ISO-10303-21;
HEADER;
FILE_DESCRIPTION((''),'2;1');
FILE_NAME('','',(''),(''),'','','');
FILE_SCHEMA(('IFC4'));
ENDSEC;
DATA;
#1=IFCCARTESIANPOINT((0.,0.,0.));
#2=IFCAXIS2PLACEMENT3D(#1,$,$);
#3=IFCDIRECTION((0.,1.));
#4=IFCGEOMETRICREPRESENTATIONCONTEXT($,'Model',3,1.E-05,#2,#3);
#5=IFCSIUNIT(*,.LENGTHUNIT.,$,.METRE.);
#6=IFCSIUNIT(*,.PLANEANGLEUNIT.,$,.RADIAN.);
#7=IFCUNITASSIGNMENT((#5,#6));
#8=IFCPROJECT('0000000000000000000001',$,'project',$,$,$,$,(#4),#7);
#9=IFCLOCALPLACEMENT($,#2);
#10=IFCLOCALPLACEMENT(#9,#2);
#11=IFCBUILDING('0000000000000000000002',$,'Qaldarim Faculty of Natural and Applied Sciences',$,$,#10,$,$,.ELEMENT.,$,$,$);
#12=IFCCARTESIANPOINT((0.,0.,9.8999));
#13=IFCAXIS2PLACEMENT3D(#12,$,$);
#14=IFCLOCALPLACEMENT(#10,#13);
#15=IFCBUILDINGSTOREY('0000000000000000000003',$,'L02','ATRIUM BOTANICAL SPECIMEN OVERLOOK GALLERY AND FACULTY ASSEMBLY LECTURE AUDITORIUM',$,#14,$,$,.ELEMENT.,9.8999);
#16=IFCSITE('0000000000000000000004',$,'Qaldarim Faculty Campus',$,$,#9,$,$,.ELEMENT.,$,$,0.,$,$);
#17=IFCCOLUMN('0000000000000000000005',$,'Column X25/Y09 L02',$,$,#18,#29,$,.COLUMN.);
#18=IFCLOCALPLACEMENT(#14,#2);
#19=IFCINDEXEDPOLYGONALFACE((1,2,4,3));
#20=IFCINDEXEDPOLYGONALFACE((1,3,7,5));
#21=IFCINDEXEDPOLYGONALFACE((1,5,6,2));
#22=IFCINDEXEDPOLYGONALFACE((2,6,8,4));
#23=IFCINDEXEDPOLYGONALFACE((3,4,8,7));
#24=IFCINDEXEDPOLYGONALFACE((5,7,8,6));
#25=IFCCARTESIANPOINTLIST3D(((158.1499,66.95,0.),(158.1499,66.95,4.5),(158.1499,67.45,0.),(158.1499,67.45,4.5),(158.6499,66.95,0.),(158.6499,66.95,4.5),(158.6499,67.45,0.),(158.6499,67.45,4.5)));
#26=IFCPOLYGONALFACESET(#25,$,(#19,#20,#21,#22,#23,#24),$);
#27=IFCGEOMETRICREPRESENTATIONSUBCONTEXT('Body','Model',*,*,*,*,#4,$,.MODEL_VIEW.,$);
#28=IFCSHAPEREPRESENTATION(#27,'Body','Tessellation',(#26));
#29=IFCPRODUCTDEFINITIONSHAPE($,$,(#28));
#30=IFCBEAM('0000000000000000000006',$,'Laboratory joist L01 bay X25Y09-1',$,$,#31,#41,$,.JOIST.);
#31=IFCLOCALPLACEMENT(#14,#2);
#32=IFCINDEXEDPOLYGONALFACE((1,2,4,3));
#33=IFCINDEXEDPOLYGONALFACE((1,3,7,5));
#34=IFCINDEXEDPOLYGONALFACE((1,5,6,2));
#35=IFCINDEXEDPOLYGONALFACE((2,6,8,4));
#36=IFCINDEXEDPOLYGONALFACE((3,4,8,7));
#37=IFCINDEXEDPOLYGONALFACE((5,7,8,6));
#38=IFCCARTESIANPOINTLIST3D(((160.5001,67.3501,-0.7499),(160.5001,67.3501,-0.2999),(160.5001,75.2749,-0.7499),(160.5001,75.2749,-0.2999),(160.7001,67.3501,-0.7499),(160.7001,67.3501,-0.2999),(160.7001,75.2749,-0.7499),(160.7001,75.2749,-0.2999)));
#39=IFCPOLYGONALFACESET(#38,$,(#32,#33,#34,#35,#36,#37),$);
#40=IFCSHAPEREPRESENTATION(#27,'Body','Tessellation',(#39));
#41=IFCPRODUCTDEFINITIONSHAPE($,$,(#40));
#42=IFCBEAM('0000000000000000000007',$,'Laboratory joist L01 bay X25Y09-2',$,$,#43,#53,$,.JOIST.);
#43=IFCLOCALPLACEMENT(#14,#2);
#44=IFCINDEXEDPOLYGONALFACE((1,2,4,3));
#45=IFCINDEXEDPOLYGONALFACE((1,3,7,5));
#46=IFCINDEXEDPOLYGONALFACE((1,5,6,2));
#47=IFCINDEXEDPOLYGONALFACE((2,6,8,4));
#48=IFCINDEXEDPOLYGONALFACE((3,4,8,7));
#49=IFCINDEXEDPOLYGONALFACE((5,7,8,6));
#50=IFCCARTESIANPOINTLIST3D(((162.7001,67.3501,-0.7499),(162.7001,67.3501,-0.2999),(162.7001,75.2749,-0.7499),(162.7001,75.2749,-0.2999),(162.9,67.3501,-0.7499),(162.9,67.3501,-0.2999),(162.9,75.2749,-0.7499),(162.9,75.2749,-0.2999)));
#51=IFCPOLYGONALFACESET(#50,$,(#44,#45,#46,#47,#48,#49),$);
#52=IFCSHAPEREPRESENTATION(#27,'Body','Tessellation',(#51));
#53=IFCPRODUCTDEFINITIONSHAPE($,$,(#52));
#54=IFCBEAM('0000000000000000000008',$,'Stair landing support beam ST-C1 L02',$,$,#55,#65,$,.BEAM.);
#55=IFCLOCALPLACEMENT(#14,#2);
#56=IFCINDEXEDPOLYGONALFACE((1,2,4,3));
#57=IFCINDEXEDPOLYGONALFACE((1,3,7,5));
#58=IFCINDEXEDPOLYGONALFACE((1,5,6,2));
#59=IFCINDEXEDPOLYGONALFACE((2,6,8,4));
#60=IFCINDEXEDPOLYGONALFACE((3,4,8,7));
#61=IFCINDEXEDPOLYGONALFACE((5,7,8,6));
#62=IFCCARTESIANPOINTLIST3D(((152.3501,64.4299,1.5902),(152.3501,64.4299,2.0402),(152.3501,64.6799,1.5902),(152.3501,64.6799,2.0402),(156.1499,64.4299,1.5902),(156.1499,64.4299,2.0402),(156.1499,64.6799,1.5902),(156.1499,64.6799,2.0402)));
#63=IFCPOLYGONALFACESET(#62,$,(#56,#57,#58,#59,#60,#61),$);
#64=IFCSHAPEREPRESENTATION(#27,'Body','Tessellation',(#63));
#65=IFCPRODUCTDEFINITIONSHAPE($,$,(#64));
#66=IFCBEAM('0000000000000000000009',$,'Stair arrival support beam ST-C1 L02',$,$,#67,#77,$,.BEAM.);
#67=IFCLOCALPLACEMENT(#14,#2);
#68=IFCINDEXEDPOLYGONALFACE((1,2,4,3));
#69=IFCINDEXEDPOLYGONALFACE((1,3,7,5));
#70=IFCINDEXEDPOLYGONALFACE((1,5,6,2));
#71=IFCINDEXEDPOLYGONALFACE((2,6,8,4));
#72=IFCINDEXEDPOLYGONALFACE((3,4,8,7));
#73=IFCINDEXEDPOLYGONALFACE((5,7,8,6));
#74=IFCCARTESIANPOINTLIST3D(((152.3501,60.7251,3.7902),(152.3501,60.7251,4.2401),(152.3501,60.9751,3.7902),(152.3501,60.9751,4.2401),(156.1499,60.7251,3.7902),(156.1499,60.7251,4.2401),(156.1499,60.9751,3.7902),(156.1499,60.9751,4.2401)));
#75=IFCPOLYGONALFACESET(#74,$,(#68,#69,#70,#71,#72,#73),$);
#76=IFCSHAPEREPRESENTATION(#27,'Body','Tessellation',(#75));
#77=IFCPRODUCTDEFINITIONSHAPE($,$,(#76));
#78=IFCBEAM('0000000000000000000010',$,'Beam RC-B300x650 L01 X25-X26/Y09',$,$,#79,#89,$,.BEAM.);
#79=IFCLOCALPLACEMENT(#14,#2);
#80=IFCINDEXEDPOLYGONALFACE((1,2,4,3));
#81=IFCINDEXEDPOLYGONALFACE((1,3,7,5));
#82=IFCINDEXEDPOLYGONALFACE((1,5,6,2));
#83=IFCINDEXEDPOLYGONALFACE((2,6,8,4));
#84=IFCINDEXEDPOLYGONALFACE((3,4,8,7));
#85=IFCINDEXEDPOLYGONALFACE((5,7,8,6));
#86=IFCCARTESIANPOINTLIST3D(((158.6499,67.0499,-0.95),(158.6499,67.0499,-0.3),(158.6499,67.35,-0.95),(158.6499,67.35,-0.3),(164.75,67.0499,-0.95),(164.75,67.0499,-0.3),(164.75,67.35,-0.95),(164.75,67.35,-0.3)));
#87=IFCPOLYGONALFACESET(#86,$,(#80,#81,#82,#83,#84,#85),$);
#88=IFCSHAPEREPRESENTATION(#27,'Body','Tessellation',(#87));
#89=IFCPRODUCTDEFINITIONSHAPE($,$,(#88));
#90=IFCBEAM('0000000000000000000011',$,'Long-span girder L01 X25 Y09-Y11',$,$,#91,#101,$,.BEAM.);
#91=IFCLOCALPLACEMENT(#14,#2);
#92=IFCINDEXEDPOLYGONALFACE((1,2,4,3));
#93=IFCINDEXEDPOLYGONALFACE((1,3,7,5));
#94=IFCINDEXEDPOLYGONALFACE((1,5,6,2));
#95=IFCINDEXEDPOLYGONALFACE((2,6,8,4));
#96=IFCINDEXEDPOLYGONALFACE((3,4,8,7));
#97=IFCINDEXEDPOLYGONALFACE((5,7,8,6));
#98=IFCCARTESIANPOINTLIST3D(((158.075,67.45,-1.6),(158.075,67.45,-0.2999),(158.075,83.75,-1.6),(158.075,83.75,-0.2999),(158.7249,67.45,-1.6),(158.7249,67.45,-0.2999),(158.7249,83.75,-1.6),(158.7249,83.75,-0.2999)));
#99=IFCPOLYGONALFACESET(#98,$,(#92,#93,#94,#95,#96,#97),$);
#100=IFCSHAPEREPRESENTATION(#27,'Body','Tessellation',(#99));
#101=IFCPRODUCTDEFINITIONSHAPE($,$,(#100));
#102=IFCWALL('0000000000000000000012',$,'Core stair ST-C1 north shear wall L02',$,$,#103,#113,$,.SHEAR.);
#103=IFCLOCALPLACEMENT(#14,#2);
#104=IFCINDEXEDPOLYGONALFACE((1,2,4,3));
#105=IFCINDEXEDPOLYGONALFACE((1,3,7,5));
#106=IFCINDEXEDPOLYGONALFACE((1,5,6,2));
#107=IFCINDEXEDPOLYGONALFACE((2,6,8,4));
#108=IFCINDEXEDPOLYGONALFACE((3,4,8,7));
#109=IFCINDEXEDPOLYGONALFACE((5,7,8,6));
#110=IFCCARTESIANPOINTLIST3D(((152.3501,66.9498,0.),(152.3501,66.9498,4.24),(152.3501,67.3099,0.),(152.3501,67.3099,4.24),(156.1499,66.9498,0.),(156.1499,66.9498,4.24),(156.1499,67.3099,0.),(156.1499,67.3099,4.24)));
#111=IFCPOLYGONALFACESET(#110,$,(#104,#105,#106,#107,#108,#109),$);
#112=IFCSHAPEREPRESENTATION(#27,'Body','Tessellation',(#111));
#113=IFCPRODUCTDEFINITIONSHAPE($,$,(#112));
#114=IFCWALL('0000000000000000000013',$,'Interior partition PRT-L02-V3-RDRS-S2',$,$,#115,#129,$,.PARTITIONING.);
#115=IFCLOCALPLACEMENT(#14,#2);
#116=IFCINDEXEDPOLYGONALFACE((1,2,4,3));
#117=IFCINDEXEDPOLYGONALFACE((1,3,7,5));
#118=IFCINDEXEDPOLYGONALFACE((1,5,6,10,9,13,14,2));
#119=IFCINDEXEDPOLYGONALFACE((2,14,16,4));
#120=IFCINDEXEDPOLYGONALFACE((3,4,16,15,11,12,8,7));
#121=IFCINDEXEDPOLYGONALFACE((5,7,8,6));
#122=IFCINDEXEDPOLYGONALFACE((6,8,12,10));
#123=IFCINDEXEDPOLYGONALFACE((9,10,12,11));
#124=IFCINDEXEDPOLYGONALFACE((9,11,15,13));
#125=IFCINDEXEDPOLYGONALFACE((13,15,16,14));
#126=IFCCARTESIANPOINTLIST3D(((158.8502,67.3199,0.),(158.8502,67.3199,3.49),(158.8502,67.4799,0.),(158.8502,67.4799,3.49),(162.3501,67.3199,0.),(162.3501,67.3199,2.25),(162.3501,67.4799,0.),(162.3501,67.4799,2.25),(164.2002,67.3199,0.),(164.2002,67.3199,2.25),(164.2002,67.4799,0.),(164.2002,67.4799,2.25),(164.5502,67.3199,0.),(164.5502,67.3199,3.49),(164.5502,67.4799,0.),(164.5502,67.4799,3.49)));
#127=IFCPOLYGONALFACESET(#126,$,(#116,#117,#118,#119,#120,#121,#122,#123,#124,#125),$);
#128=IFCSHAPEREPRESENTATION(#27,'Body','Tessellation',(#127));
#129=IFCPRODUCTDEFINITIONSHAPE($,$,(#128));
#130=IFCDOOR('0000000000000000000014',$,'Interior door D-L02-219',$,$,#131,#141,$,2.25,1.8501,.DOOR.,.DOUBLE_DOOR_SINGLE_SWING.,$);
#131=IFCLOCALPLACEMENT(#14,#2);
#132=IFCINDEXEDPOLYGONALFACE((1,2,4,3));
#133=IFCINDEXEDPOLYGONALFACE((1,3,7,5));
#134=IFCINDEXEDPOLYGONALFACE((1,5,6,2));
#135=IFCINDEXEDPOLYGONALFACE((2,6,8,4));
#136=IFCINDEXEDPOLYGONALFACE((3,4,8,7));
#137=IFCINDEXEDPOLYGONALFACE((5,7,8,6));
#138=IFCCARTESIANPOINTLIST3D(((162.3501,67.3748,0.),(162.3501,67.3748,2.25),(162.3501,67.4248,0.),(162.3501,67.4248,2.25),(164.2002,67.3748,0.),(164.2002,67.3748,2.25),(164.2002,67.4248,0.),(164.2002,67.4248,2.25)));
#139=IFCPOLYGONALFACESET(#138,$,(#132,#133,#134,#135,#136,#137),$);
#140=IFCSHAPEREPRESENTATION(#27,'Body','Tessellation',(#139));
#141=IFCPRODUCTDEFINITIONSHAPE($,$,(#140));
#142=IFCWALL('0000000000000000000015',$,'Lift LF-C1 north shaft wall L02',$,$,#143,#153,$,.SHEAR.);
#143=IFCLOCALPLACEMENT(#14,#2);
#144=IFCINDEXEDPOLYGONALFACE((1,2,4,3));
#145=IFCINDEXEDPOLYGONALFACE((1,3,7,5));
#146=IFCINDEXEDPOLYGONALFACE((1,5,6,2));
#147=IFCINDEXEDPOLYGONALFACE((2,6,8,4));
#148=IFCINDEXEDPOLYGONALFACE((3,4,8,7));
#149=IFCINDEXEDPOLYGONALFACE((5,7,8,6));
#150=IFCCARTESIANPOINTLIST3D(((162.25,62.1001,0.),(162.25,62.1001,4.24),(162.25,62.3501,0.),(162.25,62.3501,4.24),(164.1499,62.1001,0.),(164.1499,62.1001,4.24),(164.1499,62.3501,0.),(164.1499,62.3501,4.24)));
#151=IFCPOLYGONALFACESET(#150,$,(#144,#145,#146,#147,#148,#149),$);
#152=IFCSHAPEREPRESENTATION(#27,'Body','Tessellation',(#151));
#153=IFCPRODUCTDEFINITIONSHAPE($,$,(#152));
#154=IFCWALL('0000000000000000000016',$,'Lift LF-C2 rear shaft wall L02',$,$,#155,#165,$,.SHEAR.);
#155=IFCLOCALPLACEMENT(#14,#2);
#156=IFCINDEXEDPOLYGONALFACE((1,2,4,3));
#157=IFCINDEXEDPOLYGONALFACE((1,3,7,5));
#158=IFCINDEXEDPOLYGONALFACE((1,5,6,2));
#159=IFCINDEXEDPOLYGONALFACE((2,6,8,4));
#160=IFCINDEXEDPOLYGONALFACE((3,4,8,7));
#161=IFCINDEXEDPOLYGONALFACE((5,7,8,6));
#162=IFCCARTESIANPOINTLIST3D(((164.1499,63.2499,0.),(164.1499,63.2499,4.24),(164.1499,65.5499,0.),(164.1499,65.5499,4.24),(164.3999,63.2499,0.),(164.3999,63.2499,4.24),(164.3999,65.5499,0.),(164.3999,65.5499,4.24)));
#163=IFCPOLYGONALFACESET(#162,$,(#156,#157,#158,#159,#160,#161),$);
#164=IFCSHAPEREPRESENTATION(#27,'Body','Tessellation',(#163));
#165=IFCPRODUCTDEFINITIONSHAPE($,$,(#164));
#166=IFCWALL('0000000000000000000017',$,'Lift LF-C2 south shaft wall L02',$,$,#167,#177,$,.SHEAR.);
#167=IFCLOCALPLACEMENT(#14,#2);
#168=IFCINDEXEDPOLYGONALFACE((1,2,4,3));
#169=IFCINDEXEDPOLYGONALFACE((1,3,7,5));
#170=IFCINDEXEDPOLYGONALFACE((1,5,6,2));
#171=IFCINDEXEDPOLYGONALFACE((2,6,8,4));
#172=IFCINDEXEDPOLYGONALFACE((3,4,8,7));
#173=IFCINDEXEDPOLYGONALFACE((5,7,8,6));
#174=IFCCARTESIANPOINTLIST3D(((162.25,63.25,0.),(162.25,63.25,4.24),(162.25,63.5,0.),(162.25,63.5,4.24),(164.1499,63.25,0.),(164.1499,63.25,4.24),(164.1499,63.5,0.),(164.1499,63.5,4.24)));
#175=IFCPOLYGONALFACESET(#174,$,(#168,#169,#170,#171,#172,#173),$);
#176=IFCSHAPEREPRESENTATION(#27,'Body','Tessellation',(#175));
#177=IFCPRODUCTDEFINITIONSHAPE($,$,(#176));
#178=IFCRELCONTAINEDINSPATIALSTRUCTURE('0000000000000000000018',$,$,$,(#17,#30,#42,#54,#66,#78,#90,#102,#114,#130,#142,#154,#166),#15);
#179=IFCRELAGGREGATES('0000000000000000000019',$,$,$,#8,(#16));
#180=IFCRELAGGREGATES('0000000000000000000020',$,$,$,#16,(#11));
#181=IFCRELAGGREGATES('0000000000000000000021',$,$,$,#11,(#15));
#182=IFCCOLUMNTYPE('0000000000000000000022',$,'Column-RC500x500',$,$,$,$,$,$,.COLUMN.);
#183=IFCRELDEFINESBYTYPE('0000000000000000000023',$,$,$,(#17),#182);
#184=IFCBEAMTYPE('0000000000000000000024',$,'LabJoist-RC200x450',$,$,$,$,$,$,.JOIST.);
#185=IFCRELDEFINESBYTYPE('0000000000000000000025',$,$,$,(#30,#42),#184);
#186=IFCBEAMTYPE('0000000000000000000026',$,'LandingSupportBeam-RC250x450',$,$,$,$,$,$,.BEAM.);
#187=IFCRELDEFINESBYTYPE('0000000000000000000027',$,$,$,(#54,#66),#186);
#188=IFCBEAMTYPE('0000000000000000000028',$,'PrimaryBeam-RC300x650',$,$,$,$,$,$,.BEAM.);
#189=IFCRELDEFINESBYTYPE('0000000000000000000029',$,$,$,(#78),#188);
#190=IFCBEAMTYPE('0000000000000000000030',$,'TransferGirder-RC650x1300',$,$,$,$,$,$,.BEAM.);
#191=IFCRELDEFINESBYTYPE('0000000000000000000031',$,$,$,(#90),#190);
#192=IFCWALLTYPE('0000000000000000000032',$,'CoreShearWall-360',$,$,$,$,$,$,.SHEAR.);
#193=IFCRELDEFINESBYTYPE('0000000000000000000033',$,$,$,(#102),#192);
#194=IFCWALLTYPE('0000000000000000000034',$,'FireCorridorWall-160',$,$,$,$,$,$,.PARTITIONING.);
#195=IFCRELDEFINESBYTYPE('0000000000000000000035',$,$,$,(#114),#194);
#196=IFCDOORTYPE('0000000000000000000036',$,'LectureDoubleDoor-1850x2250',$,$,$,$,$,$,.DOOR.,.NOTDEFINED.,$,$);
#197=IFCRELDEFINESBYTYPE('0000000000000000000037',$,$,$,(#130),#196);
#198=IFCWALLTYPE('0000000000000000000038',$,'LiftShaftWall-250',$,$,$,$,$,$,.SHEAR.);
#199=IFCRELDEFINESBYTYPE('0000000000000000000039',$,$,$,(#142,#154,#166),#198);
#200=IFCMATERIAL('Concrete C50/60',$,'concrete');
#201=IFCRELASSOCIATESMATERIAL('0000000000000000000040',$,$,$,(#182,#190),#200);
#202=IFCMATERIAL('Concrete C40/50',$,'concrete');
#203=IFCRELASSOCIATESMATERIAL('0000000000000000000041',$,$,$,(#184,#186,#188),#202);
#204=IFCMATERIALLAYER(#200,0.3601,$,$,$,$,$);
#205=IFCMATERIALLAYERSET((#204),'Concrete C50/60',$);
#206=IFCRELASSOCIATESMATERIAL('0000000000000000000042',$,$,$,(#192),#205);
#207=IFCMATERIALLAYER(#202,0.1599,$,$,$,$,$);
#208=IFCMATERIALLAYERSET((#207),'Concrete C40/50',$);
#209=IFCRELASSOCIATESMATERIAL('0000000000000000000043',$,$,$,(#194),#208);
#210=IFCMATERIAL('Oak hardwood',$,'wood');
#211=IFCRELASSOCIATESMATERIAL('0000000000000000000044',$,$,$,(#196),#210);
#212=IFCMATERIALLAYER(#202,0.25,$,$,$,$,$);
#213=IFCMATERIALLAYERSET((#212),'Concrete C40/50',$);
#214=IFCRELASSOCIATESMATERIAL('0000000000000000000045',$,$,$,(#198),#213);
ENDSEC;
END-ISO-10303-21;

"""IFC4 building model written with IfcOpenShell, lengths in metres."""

from ifc_helpers import new_model, si_unit, direction, frame, frame_2d, origin, origin_2d, place, context, subcontext, project, spatial, rectangle, extrude, material, layer, layer_set, material_profile, profile_set, type_object, element, fill, save


model = new_model("IFC4")

# Units and contexts
model_context = context("Model", 3, precision=1e-05, world=origin(), true_north=direction((0.0, 1.0)))
body_context = subcontext(model_context, "Body", "Model", "MODEL_VIEW")
ifc_project = project(units=[si_unit("LENGTHUNIT", "METRE"), si_unit("PLANEANGLEUNIT", "RADIAN")], contexts=[model_context])

# Site, building, storey
site_placement = place(None, origin())
site = spatial("IfcSite", under=ifc_project, at=site_placement, Name="Qaldarim Faculty Campus", CompositionType="ELEMENT", RefElevation=0.0)
building_placement = place(site_placement, origin())
building = spatial("IfcBuilding", under=site, at=building_placement, Name="Qaldarim Faculty of Natural and Applied Sciences", CompositionType="ELEMENT")
storey_placement = place(building_placement, frame((0.0, 0.0, 9.8999)))
storey = spatial("IfcBuildingStorey", under=building, at=storey_placement, Name="L02", Description="ATRIUM BOTANICAL SPECIMEN OVERLOOK GALLERY AND FACULTY ASSEMBLY LECTURE AUDITORIUM", CompositionType="ELEMENT", Elevation=9.8999)

# Column
ifc_material_1 = material(Name="Concrete C50/60", Category="concrete")
ifc_material_profile_1 = material_profile(ifc_material_1, rectangle(XDim=0.5, YDim=0.5, at=origin_2d()), Name="RC-C500x500")
ifc_profile_set_1 = profile_set([ifc_material_profile_1], Name="Concrete C50/60")
column_type = type_object("IfcColumnType", Name="Column-RC500x500", PredefinedType="COLUMN", material=ifc_profile_set_1)
column_placement = place(storey_placement, frame((158.3999, 67.2, 0.0), z_axis=(0.0, 0.0, 1.0), x_axis=(1.0, 0.0, 0.0)))
element("IfcColumn", 1, at=column_placement, inside=storey, type_object=column_type, Name="Column X25/Y09 L02", PredefinedType="COLUMN", context=body_context, shape_type="SweptSolid", body=[
    extrude(rectangle(XDim=0.5, YDim=0.5, at=origin_2d()), origin(), (0.0, 0.0, 1.0), 4.5),
])

# Beams
ifc_material_2 = material(Name="Concrete C40/50", Category="concrete")
ifc_material_profile_2 = material_profile(ifc_material_2, rectangle(XDim=0.2, YDim=0.45, at=origin_2d()), Name="RC-J200x450")
ifc_profile_set_2 = profile_set([ifc_material_profile_2], Name="Concrete C40/50")
beam_type_1 = type_object("IfcBeamType", Name="LabJoist-RC200x450", PredefinedType="JOIST", material=ifc_profile_set_2)
for number, where, z_axis, x_axis, name in (
    (2, (160.6001, 67.3501, -0.5249), (0.0, 1.0, 0.0), (-1.0, 0.0, 0.0), "Laboratory joist L01 bay X25Y09-1"),
    (3, (162.8, 67.3501, -0.5249), (0.0, 1.0, 0.0), (-1.0, 0.0, 0.0), "Laboratory joist L01 bay X25Y09-2"),
):
    element("IfcBeam", number, at=place(storey_placement, frame(where, z_axis=z_axis, x_axis=x_axis)), inside=storey, type_object=beam_type_1, Name=name, PredefinedType="JOIST", context=body_context, shape_type="SweptSolid", body=[
        extrude(rectangle(XDim=0.2, YDim=0.45, at=origin_2d()), origin(), (0.0, 0.0, 1.0), 7.9248),
    ])
ifc_material_profile_3 = material_profile(ifc_material_2, rectangle(XDim=0.25, YDim=0.45, at=origin_2d()), Name="RC-LN250x450")
ifc_profile_set_3 = profile_set([ifc_material_profile_3], Name="Concrete C40/50")
beam_type_2 = type_object("IfcBeamType", Name="LandingSupportBeam-RC250x450", PredefinedType="BEAM", material=ifc_profile_set_3)
for number, where, z_axis, x_axis, name in (
    (4, (152.3501, 64.5549, 1.8152), (1.0, 0.0, 0.0), (0.0, 1.0, 0.0), "Stair landing support beam ST-C1 L02"),
    (5, (152.3501, 60.8501, 4.0151), (1.0, 0.0, 0.0), (0.0, 1.0, 0.0), "Stair arrival support beam ST-C1 L02"),
):
    element("IfcBeam", number, at=place(storey_placement, frame(where, z_axis=z_axis, x_axis=x_axis)), inside=storey, type_object=beam_type_2, Name=name, PredefinedType="BEAM", context=body_context, shape_type="SweptSolid", body=[
        extrude(rectangle(XDim=0.25, YDim=0.45, at=origin_2d()), origin(), (0.0, 0.0, 1.0), 3.7998),
    ])
ifc_material_profile_4 = material_profile(ifc_material_2, rectangle(XDim=0.3, YDim=0.6499, at=origin_2d()), Name="RC-B300x650")
ifc_profile_set_4 = profile_set([ifc_material_profile_4], Name="Concrete C40/50")
beam_type_3 = type_object("IfcBeamType", Name="PrimaryBeam-RC300x650", PredefinedType="BEAM", material=ifc_profile_set_4)
beam_1_placement = place(storey_placement, frame((158.6499, 67.2, -0.625), z_axis=(1.0, 0.0, 0.0), x_axis=(0.0, 1.0, 0.0)))
element("IfcBeam", 6, at=beam_1_placement, inside=storey, type_object=beam_type_3, Name="Beam RC-B300x650 L01 X25-X26/Y09", PredefinedType="BEAM", context=body_context, shape_type="SweptSolid", body=[
    extrude(rectangle(XDim=0.3, YDim=0.6499, at=origin_2d()), origin(), (0.0, 0.0, 1.0), 6.1001),
])
ifc_material_profile_5 = material_profile(ifc_material_1, rectangle(XDim=0.6499, YDim=1.3, at=origin_2d()), Name="RC-TG650x1300")
ifc_profile_set_5 = profile_set([ifc_material_profile_5], Name="Concrete C50/60")
beam_type_4 = type_object("IfcBeamType", Name="TransferGirder-RC650x1300", PredefinedType="BEAM", material=ifc_profile_set_5)
beam_2_placement = place(storey_placement, frame((158.3999, 67.45, -0.95), z_axis=(0.0, 1.0, 0.0), x_axis=(-1.0, 0.0, 0.0)))
element("IfcBeam", 7, at=beam_2_placement, inside=storey, type_object=beam_type_4, Name="Long-span girder L01 X25 Y09-Y11", PredefinedType="BEAM", context=body_context, shape_type="SweptSolid", body=[
    extrude(rectangle(XDim=0.6499, YDim=1.3, at=origin_2d()), origin(), (0.0, 0.0, 1.0), 16.3),
])

# Wall
ifc_layer_1 = layer(ifc_material_1, 0.3601)
ifc_layer_set_1 = layer_set([ifc_layer_1], Name="Concrete C50/60")
wall_type_1 = type_object("IfcWallType", Name="CoreShearWall-360", PredefinedType="SHEAR", material=ifc_layer_set_1)
wall_1_placement = place(storey_placement, frame((152.3501, 67.1299, 0.0), z_axis=(0.0, 0.0, 1.0), x_axis=(1.0, 0.0, 0.0)))
element("IfcWall", 8, at=wall_1_placement, inside=storey, type_object=wall_type_1, Name="Core stair ST-C1 north shear wall L02", PredefinedType="SHEAR", context=body_context, shape_type="SweptSolid", body=[
    extrude(rectangle(XDim=3.7998, YDim=0.3601, at=frame_2d((1.8999, 0.0))), origin(), (0.0, 0.0, 1.0), 4.24),
])

# Wall, opening, door
ifc_layer_2 = layer(ifc_material_2, 0.1599)
ifc_layer_set_2 = layer_set([ifc_layer_2], Name="Concrete C40/50")
wall_type_2 = type_object("IfcWallType", Name="FireCorridorWall-160", PredefinedType="PARTITIONING", material=ifc_layer_set_2)
wall_2_placement = place(storey_placement, frame((158.8501, 67.3999, 0.0), z_axis=(0.0, 0.0, 1.0), x_axis=(1.0, 0.0, 0.0)))
wall_2 = element("IfcWall", 9, at=wall_2_placement, inside=storey, type_object=wall_type_2, Name="Interior partition PRT-L02-V3-RDRS-S2", PredefinedType="PARTITIONING", context=body_context, shape_type="SweptSolid", body=[
    extrude(rectangle(XDim=5.7, YDim=0.1599, at=frame_2d((2.8501, 0.0))), origin(), (0.0, 0.0, 1.0), 3.49),
])
opening_1_placement = place(wall_2_placement, frame((3.5, 0.0, 0.0)))
opening_1 = element("IfcOpeningElement", 10, at=opening_1_placement, cuts=wall_2, PredefinedType="OPENING", context=body_context, shape_type="SweptSolid", body=[
    extrude(rectangle(XDim=1.8501, YDim=2.25, at=frame_2d((0.925, 1.125))), frame((0.0, 0.0898, 0.0), z_axis=(0.0, -1.0, 0.0), x_axis=(1.0, 0.0, 0.0)), (0.0, 0.0, 1.0), 0.1799),
])
ifc_material_3 = material(Name="Oak hardwood", Category="wood")
door_type_1 = type_object("IfcDoorType", Name="LectureDoubleDoor-1850x2250", OperationType="NOTDEFINED", PredefinedType="DOOR", material=ifc_material_3)
door_1_placement = place(opening_1_placement, origin())
door_1 = element("IfcDoor", 11, at=door_1_placement, inside=storey, type_object=door_type_1, Name="Interior door D-L02-219", OperationType="DOUBLE_DOOR_SINGLE_SWING", OverallHeight=2.25, OverallWidth=1.8501, PredefinedType="DOOR", context=body_context, shape_type="SweptSolid", body=[
    extrude(rectangle(XDim=1.8501, YDim=2.25, at=frame_2d((0.925, 1.125))), frame((0.0, 0.0249, 0.0), z_axis=(0.0, -1.0, 0.0), x_axis=(1.0, 0.0, 0.0)), (0.0, 0.0, 1.0), 0.05),
])
fill(opening_1, door_1)

# Wall
ifc_layer_3 = layer(ifc_material_2, 0.25)
ifc_layer_set_3 = layer_set([ifc_layer_3], Name="Concrete C40/50")
wall_type_3 = type_object("IfcWallType", Name="LiftShaftWall-250", PredefinedType="SHEAR", material=ifc_layer_set_3)
wall_3_placement = place(storey_placement, frame((162.25, 62.2251, 0.0), z_axis=(0.0, 0.0, 1.0), x_axis=(1.0, 0.0, 0.0)))
element("IfcWall", 12, at=wall_3_placement, inside=storey, type_object=wall_type_3, Name="Lift LF-C1 north shaft wall L02", PredefinedType="SHEAR", context=body_context, shape_type="SweptSolid", body=[
    extrude(rectangle(XDim=1.8999, YDim=0.25, at=frame_2d((0.95, 0.0))), origin(), (0.0, 0.0, 1.0), 4.24),
])

# Walls
wall_4_placement = place(storey_placement, frame((164.2749, 63.25, 0.0), z_axis=(0.0, 0.0, 1.0), x_axis=(0.0, 1.0, 0.0)))
element("IfcWall", 13, at=wall_4_placement, inside=storey, type_object=wall_type_3, Name="Lift LF-C2 rear shaft wall L02", PredefinedType="SHEAR", context=body_context, shape_type="SweptSolid", body=[
    extrude(rectangle(XDim=2.3, YDim=0.25, at=frame_2d((1.1499, 0.0))), origin(), (0.0, 0.0, 1.0), 4.24),
])
for number, where, z_axis, x_axis, name in (
    (14, (162.25, 63.375, 0.0), (0.0, 0.0, 1.0), (1.0, 0.0, 0.0), "Lift LF-C2 south shaft wall L02"),
):
    element("IfcWall", number, at=place(storey_placement, frame(where, z_axis=z_axis, x_axis=x_axis)), inside=storey, type_object=wall_type_3, Name=name, PredefinedType="SHEAR", context=body_context, shape_type="SweptSolid", body=[
        extrude(rectangle(XDim=1.8999, YDim=0.25, at=frame_2d((0.95, 0.0))), origin(), (0.0, 0.0, 1.0), 4.24),
    ])

save(model, "model.ifc")
